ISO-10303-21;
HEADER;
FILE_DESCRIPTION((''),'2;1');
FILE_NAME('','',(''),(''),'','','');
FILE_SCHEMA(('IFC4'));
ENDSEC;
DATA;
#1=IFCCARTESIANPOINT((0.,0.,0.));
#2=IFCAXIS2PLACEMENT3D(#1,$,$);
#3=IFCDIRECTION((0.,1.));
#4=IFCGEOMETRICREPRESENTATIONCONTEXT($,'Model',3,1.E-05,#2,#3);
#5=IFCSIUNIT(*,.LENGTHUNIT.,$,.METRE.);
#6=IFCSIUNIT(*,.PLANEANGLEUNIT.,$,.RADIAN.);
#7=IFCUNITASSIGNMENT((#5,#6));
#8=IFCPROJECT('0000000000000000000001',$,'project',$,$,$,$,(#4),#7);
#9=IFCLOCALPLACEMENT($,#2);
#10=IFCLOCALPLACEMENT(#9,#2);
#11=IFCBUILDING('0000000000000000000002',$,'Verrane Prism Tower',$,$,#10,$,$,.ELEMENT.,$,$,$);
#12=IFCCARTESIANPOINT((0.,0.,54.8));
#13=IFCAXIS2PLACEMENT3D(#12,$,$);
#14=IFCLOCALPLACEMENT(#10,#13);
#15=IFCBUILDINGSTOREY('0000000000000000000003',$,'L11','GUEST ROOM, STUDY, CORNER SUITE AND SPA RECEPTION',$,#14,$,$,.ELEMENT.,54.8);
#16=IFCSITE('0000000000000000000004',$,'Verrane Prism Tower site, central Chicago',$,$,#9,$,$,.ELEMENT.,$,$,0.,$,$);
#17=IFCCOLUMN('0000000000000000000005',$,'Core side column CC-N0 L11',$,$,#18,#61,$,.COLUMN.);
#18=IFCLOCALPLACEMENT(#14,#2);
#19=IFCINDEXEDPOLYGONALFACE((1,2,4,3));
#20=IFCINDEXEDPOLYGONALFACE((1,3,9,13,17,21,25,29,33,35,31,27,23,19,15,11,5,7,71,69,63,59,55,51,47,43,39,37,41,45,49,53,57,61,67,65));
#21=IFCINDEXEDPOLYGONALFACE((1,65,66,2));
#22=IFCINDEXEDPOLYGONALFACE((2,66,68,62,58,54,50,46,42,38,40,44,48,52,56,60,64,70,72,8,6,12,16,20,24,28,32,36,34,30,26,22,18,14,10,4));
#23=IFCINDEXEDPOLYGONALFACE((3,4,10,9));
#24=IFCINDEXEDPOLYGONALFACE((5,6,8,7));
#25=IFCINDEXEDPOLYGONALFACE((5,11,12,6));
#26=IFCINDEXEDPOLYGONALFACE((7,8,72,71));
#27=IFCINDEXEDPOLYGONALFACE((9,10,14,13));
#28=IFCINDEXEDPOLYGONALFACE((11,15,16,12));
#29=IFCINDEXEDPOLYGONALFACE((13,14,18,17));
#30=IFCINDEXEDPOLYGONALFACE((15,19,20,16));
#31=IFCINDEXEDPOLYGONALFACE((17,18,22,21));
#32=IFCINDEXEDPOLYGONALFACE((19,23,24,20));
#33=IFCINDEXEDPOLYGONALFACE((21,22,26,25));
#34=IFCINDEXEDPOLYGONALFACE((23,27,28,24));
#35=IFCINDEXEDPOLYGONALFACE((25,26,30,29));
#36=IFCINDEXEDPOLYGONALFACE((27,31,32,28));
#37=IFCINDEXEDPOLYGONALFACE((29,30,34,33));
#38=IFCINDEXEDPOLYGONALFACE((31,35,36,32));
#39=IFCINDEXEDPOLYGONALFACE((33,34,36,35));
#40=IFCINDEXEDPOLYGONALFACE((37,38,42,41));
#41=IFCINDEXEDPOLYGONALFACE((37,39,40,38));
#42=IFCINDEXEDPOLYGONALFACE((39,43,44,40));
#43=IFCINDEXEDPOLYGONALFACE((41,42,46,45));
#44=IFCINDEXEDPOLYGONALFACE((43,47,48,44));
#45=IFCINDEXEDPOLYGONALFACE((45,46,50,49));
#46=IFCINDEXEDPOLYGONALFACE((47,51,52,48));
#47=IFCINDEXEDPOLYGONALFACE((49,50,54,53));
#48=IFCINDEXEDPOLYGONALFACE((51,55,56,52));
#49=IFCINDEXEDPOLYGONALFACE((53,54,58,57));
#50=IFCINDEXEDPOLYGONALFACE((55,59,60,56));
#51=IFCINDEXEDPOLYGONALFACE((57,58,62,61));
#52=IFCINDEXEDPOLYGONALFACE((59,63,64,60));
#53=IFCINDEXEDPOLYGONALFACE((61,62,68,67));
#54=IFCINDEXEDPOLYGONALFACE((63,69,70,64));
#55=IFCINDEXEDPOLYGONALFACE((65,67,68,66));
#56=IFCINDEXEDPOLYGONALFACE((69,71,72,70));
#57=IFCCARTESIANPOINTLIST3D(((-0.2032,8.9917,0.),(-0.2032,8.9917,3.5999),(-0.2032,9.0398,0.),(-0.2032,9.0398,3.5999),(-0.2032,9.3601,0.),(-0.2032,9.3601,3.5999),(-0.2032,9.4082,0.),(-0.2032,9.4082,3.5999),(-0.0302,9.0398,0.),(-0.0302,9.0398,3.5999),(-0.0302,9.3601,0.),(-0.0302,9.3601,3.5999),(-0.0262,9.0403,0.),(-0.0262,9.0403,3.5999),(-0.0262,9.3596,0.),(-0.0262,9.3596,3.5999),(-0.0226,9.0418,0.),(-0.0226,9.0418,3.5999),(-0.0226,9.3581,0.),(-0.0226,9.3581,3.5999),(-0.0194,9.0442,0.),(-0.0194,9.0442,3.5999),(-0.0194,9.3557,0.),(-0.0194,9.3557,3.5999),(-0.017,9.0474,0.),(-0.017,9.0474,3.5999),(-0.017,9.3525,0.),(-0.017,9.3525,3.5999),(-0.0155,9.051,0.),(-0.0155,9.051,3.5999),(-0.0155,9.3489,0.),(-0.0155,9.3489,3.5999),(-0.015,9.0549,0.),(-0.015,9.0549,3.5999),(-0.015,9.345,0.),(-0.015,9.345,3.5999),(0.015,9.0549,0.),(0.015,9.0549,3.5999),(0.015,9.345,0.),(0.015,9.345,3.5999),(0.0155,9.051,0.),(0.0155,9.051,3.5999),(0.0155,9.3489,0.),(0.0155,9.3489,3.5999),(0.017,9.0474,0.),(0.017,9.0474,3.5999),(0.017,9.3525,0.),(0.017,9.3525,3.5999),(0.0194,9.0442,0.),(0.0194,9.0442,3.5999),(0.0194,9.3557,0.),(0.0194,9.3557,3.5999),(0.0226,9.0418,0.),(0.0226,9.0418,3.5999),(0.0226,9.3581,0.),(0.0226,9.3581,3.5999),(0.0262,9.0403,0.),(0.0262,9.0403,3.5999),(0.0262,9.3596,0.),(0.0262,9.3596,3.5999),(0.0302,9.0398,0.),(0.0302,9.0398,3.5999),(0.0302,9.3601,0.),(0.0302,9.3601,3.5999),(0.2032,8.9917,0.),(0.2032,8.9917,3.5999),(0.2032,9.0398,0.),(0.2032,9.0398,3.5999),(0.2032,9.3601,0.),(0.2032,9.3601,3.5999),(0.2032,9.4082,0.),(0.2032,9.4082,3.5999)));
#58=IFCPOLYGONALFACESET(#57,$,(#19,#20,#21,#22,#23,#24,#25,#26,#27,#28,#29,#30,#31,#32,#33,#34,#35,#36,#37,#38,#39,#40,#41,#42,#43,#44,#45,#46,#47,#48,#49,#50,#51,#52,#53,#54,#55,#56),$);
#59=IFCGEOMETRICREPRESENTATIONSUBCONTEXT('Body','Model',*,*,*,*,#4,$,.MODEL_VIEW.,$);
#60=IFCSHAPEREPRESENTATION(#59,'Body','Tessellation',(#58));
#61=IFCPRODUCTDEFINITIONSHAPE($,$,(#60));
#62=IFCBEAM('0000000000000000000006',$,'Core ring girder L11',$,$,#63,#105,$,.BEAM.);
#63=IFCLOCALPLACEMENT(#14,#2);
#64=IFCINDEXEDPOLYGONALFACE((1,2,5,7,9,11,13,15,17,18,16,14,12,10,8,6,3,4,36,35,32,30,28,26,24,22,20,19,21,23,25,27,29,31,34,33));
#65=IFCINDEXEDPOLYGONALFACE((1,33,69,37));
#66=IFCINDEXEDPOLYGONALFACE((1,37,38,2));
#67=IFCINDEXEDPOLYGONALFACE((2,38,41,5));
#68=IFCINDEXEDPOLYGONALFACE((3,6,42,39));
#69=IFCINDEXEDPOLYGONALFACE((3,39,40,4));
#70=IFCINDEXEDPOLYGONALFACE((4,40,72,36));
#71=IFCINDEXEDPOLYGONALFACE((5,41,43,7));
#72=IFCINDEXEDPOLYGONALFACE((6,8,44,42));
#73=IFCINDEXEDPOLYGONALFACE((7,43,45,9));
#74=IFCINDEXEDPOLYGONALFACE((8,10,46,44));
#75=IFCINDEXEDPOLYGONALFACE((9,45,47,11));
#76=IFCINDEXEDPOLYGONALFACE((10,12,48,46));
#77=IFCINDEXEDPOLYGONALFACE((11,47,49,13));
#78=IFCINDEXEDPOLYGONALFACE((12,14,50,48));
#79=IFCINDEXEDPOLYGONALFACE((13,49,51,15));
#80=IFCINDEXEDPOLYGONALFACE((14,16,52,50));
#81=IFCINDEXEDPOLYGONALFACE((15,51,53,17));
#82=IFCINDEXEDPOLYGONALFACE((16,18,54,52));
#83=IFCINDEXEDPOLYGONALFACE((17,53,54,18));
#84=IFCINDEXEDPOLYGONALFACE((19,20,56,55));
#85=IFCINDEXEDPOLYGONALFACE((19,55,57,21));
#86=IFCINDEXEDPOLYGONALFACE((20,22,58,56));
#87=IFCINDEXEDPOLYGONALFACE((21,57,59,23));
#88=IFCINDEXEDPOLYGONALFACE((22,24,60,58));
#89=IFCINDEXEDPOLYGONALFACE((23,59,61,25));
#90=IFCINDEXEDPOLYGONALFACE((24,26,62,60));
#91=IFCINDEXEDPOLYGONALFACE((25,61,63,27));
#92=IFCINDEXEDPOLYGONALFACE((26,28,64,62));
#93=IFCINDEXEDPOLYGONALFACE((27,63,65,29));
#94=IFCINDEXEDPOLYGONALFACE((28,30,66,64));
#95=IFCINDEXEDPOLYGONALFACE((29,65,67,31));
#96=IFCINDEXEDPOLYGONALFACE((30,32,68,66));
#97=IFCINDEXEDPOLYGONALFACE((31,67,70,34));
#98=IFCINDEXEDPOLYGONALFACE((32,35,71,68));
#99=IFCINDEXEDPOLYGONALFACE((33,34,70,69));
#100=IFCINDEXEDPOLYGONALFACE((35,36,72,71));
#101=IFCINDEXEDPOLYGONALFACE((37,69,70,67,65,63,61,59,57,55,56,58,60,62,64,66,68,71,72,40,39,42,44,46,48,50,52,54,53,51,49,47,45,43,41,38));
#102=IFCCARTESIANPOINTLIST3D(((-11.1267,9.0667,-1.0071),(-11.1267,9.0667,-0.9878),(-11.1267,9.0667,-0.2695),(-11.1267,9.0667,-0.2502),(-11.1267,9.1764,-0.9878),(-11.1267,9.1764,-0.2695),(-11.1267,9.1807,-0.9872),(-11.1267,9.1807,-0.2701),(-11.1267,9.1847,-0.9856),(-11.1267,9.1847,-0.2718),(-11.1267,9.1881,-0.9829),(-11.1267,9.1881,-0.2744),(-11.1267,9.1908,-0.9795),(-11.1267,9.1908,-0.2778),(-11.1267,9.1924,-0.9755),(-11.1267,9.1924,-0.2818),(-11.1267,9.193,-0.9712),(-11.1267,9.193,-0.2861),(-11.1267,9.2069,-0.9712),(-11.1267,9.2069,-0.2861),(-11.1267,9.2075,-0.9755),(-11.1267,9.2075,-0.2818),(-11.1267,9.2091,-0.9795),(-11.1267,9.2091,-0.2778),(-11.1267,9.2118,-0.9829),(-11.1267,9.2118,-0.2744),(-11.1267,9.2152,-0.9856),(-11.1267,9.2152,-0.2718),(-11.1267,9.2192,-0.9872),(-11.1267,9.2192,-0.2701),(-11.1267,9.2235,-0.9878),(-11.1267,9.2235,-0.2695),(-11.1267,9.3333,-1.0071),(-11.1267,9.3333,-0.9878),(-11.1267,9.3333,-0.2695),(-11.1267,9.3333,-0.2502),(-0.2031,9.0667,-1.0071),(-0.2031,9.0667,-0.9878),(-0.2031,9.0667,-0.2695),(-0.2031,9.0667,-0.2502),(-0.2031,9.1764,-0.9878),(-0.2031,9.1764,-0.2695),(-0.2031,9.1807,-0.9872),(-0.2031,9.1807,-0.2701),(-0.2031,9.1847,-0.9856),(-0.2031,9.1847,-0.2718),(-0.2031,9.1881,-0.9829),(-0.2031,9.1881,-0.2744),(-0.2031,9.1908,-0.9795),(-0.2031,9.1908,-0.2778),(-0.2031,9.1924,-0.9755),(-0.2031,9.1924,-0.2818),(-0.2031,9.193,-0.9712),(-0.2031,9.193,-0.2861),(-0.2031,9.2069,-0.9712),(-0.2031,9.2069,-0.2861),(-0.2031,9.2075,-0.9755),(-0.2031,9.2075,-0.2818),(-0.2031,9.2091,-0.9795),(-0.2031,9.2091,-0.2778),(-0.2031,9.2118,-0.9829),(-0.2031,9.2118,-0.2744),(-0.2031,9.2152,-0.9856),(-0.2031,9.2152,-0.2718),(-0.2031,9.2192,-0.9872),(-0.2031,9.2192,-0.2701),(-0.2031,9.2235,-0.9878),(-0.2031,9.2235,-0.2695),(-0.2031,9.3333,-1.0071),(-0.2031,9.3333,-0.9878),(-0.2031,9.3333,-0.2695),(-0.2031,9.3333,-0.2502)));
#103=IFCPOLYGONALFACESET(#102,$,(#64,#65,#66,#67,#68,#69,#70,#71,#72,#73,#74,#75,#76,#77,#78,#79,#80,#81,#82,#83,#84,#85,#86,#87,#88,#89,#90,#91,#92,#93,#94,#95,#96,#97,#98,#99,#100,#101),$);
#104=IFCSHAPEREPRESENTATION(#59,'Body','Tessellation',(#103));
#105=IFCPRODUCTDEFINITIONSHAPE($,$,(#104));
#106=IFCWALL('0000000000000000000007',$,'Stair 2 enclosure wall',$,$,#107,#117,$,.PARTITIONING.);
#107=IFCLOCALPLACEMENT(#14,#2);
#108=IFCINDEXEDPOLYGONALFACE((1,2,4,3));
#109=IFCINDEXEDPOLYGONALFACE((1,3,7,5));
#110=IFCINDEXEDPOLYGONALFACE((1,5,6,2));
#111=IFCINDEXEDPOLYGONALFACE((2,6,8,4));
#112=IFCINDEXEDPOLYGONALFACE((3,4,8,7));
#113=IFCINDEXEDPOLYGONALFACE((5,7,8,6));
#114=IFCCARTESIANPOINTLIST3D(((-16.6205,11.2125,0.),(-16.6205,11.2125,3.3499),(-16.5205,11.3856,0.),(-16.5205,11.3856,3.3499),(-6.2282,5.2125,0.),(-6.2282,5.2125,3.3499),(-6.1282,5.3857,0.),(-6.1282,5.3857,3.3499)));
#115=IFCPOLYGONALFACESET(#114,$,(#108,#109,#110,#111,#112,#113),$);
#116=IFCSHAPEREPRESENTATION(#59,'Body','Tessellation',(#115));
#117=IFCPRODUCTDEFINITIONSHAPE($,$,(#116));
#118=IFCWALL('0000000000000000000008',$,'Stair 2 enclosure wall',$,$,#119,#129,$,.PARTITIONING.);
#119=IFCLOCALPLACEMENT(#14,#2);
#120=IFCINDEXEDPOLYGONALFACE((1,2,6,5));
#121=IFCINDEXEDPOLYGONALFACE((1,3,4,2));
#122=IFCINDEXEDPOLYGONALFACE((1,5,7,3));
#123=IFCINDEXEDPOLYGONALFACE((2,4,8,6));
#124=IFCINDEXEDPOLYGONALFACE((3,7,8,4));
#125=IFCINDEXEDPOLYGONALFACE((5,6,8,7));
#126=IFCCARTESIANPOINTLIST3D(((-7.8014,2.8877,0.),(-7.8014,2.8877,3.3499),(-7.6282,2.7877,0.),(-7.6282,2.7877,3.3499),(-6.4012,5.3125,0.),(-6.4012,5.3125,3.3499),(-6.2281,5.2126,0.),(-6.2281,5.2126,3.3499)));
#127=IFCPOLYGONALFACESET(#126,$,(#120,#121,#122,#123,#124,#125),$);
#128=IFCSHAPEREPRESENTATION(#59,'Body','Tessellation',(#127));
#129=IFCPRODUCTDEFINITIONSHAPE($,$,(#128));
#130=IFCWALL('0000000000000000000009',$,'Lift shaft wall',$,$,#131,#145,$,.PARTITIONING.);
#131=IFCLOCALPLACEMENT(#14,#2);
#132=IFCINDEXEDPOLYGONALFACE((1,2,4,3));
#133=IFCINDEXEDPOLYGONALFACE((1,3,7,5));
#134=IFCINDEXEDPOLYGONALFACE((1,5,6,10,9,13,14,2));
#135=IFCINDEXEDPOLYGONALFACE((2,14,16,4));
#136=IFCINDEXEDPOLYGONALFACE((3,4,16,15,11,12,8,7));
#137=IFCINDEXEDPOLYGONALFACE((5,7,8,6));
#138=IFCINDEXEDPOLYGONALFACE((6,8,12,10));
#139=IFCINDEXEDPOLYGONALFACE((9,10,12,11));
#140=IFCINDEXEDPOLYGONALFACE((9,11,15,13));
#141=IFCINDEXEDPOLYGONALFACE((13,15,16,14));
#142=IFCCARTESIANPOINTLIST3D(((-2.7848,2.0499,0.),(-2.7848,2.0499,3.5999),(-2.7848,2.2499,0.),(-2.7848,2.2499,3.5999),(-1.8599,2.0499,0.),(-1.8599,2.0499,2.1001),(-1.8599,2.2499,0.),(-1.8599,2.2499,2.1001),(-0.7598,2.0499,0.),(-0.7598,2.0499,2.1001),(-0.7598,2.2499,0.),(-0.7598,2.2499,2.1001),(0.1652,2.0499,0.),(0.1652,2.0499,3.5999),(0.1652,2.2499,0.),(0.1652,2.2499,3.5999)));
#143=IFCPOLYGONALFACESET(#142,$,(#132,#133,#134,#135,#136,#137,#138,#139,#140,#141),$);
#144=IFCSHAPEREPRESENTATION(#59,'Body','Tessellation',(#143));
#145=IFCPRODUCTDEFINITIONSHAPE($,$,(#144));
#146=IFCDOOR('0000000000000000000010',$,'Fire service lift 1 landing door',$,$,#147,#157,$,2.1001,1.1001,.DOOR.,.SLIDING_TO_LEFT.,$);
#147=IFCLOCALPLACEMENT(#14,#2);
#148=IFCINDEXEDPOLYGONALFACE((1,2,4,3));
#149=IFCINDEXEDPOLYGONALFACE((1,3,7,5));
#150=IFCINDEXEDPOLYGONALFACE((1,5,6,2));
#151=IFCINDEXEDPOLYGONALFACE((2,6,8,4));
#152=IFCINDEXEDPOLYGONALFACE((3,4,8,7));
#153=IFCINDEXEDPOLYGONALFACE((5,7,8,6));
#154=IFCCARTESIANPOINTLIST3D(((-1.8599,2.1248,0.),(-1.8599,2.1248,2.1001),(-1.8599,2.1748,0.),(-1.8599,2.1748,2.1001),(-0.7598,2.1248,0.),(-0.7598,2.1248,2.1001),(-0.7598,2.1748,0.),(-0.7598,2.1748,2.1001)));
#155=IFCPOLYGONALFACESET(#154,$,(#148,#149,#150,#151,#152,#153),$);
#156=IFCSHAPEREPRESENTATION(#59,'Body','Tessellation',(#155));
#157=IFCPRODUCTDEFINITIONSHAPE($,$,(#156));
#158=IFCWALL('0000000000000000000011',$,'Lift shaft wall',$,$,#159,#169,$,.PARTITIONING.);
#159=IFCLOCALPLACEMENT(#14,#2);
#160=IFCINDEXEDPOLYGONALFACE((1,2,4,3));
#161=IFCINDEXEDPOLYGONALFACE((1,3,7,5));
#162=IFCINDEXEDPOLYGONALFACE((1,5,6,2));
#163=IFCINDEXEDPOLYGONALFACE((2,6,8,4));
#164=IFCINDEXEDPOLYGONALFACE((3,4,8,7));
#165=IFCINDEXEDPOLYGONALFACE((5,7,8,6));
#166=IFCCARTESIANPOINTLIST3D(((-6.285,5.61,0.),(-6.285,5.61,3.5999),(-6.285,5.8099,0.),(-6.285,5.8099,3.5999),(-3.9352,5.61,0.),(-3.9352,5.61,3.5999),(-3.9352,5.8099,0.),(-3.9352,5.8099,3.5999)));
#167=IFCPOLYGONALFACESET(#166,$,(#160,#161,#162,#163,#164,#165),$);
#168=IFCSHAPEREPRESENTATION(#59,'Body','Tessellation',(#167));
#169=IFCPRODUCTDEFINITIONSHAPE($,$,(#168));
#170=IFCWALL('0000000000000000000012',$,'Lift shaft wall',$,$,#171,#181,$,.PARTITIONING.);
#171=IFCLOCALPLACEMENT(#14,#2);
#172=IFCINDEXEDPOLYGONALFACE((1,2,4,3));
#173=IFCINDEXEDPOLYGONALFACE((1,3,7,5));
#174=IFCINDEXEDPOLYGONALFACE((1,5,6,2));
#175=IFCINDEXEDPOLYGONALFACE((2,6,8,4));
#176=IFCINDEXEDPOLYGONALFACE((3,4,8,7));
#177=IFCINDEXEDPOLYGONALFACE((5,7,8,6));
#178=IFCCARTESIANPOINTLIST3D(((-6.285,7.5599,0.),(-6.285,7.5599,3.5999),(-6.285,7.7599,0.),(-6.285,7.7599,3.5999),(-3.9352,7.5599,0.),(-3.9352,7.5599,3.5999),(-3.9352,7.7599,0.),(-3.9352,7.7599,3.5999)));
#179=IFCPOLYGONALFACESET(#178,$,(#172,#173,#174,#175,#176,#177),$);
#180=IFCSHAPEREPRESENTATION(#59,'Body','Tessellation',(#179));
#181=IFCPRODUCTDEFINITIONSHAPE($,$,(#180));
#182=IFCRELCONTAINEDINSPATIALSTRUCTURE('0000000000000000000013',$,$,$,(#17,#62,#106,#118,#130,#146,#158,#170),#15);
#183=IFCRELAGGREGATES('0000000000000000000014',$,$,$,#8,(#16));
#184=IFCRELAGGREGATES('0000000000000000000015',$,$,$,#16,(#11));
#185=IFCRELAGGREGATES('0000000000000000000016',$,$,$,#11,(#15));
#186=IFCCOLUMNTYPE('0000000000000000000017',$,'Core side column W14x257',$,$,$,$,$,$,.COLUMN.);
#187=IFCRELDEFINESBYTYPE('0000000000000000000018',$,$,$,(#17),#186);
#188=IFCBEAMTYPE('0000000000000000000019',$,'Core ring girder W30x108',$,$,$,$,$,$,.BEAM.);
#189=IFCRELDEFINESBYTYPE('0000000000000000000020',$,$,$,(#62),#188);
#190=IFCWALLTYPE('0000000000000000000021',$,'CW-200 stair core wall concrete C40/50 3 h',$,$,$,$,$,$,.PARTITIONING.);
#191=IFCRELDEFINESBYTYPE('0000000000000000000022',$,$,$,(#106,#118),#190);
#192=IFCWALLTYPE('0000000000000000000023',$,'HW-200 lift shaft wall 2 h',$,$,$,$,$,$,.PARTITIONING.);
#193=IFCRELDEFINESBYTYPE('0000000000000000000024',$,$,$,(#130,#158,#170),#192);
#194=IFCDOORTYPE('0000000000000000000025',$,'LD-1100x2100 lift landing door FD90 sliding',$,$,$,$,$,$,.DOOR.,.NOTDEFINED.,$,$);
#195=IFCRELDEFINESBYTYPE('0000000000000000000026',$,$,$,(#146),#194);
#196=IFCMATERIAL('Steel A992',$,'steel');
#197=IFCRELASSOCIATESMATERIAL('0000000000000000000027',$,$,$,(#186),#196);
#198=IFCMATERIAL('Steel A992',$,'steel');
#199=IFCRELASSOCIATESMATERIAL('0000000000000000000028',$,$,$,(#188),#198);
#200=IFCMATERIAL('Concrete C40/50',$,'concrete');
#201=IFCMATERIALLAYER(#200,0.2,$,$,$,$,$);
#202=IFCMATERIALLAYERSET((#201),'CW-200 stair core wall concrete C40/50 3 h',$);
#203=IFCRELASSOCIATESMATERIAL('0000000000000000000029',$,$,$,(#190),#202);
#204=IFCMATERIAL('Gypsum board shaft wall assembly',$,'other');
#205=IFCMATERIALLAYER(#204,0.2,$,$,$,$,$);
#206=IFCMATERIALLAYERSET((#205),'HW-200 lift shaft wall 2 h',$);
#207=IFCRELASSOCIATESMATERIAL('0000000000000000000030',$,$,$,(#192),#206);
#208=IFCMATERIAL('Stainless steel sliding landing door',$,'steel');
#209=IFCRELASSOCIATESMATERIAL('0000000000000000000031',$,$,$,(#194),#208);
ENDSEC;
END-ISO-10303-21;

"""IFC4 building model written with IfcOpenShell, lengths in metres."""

from ifc_helpers import new_model, si_unit, direction, frame, frame_2d, origin, origin_2d, place, context, subcontext, project, spatial, rectangle, i_section, extrude, material, layer, layer_set, material_profile, profile_set, type_object, element, fill, save


model = new_model("IFC4")

# Units and contexts
model_context = context("Model", 3, precision=1e-05, world=origin(), true_north=direction((0.0, 1.0)))
body_context = subcontext(model_context, "Body", "Model", "MODEL_VIEW")
ifc_project = project(units=[si_unit("LENGTHUNIT", "METRE"), si_unit("PLANEANGLEUNIT", "RADIAN")], contexts=[model_context])

# Site, building, storey
site_placement = place(None, origin())
site = spatial("IfcSite", under=ifc_project, at=site_placement, Name="Verrane Prism Tower site, central Chicago", CompositionType="ELEMENT", RefElevation=0.0)
building_placement = place(site_placement, origin())
building = spatial("IfcBuilding", under=site, at=building_placement, Name="Verrane Prism Tower", CompositionType="ELEMENT")
storey_placement = place(building_placement, frame((0.0, 0.0, 54.8)))
storey = spatial("IfcBuildingStorey", under=building, at=storey_placement, Name="L11", Description="GUEST ROOM, STUDY, CORNER SUITE AND SPA RECEPTION", CompositionType="ELEMENT", Elevation=54.8)

# Column
ifc_material_1 = material(Name="Steel A992", Category="steel")
ifc_material_profile_1 = material_profile(ifc_material_1, i_section(OverallWidth=0.4065, OverallDepth=0.4165, WebThickness=0.03, FlangeThickness=0.0481, FilletRadius=0.0151, at=origin_2d()), Name="W14x257")
ifc_profile_set_1 = profile_set([ifc_material_profile_1], Name="Steel A992")
column_type = type_object("IfcColumnType", Name="Core side column W14x257", PredefinedType="COLUMN", material=ifc_profile_set_1)
column_placement = place(storey_placement, frame((0.0, 9.2, 0.0), z_axis=(0.0, 0.0, 1.0), x_axis=(1.0, 0.0, 0.0)))
element("IfcColumn", 1, at=column_placement, inside=storey, type_object=column_type, Name="Core side column CC-N0 L11", PredefinedType="COLUMN", context=body_context, shape_type="SweptSolid", body=[
    extrude(i_section(OverallWidth=0.4065, OverallDepth=0.4165, WebThickness=0.03, FlangeThickness=0.0481, FilletRadius=0.0151, at=origin_2d()), origin(), (0.0, 0.0, 1.0), 3.5999),
])

# Beam
ifc_material_2 = material(Name="Steel A992", Category="steel")
ifc_material_profile_2 = material_profile(ifc_material_2, i_section(OverallWidth=0.2666, OverallDepth=0.7568, WebThickness=0.0139, FlangeThickness=0.0193, FilletRadius=0.0166, at=origin_2d()), Name="W30x108")
ifc_profile_set_2 = profile_set([ifc_material_profile_2], Name="Steel A992")
beam_type = type_object("IfcBeamType", Name="Core ring girder W30x108", PredefinedType="BEAM", material=ifc_profile_set_2)
beam_placement = place(storey_placement, frame((-0.2031, 9.2, -0.6287), z_axis=(-1.0, 0.0, 0.0), x_axis=(0.0, -1.0, 0.0)))
element("IfcBeam", 2, at=beam_placement, inside=storey, type_object=beam_type, Name="Core ring girder L11", PredefinedType="BEAM", context=body_context, shape_type="SweptSolid", body=[
    extrude(i_section(OverallWidth=0.2666, OverallDepth=0.7568, WebThickness=0.0139, FlangeThickness=0.0193, FilletRadius=0.0166, at=origin_2d()), origin(), (0.0, 0.0, 1.0), 10.9236),
])

# Walls
ifc_material_3 = material(Name="Concrete C40/50", Category="concrete")
ifc_layer_1 = layer(ifc_material_3, 0.2)
ifc_layer_set_1 = layer_set([ifc_layer_1], Name="CW-200 stair core wall concrete C40/50 3 h")
wall_type_1 = type_object("IfcWallType", Name="CW-200 stair core wall concrete C40/50 3 h", PredefinedType="PARTITIONING", material=ifc_layer_set_1)
wall_1_placement = place(storey_placement, frame((-6.1782, 5.2991, 0.0), z_axis=(0.0, 0.0, 1.0), x_axis=(-0.866026, 0.499999, 0.0)))
element("IfcWall", 3, at=wall_1_placement, inside=storey, type_object=wall_type_1, Name="Stair 2 enclosure wall", PredefinedType="PARTITIONING", context=body_context, shape_type="SweptSolid", body=[
    extrude(rectangle(XDim=12.0, YDim=0.2, at=frame_2d((6.0, 0.0))), origin(), (0.0, 0.0, 1.0), 3.3499),
])
wall_2_placement = place(storey_placement, frame((-6.3147, 5.2625, 0.0), z_axis=(0.0, 0.0, 1.0), x_axis=(-0.50005, -0.865997, 0.0)))
element("IfcWall", 4, at=wall_2_placement, inside=storey, type_object=wall_type_1, Name="Stair 2 enclosure wall", PredefinedType="PARTITIONING", context=body_context, shape_type="SweptSolid", body=[
    extrude(rectangle(XDim=2.8, YDim=0.2, at=frame_2d((1.3999, 0.0))), origin(), (0.0, 0.0, 1.0), 3.3499),
])

# Wall, opening, door
ifc_material_4 = material(Name="Gypsum board shaft wall assembly", Category="other")
ifc_layer_2 = layer(ifc_material_4, 0.2)
ifc_layer_set_2 = layer_set([ifc_layer_2], Name="HW-200 lift shaft wall 2 h")
wall_type_2 = type_object("IfcWallType", Name="HW-200 lift shaft wall 2 h", PredefinedType="PARTITIONING", material=ifc_layer_set_2)
wall_3_placement = place(storey_placement, frame((-2.7849, 2.1499, 0.0), z_axis=(0.0, 0.0, 1.0), x_axis=(1.0, 0.0, 0.0)))
wall_3 = element("IfcWall", 5, at=wall_3_placement, inside=storey, type_object=wall_type_2, Name="Lift shaft wall", PredefinedType="PARTITIONING", context=body_context, shape_type="SweptSolid", body=[
    extrude(rectangle(XDim=2.95, YDim=0.2, at=frame_2d((1.4751, 0.0))), origin(), (0.0, 0.0, 1.0), 3.5999),
])
opening_1_placement = place(wall_3_placement, frame((0.925, 0.0, 0.0)))
opening_1 = element("IfcOpeningElement", 6, at=opening_1_placement, cuts=wall_3, PredefinedType="OPENING", context=body_context, shape_type="SweptSolid", body=[
    extrude(rectangle(XDim=1.1001, YDim=2.1001, at=frame_2d((0.55, 1.05))), frame((0.0, 0.1099, 0.0), z_axis=(0.0, -1.0, 0.0), x_axis=(1.0, 0.0, 0.0)), (0.0, 0.0, 1.0), 0.22),
])
ifc_material_5 = material(Name="Stainless steel sliding landing door", Category="steel")
door_type_1 = type_object("IfcDoorType", Name="LD-1100x2100 lift landing door FD90 sliding", OperationType="NOTDEFINED", PredefinedType="DOOR", material=ifc_material_5)
door_1_placement = place(opening_1_placement, origin())
door_1 = element("IfcDoor", 7, at=door_1_placement, inside=storey, type_object=door_type_1, Name="Fire service lift 1 landing door", OperationType="SLIDING_TO_LEFT", OverallHeight=2.1001, OverallWidth=1.1001, PredefinedType="DOOR", context=body_context, shape_type="SweptSolid", body=[
    extrude(rectangle(XDim=1.1001, YDim=2.1001, at=frame_2d((0.55, 1.05))), frame((0.0, 0.0249, 0.0), z_axis=(0.0, -1.0, 0.0), x_axis=(1.0, 0.0, 0.0)), (0.0, 0.0, 1.0), 0.05),
])
fill(opening_1, door_1)

# Walls
for number, where, z_axis, x_axis, name in (
    (8, (-6.2849, 5.71, 0.0), (0.0, 0.0, 1.0), (1.0, 0.0, 0.0), "Lift shaft wall"),
    (9, (-6.2849, 7.6599, 0.0), (0.0, 0.0, 1.0), (1.0, 0.0, 0.0), "Lift shaft wall"),
):
    element("IfcWall", number, at=place(storey_placement, frame(where, z_axis=z_axis, x_axis=x_axis)), inside=storey, type_object=wall_type_2, Name=name, PredefinedType="PARTITIONING", context=body_context, shape_type="SweptSolid", body=[
        extrude(rectangle(XDim=2.3499, YDim=0.2, at=frame_2d((1.1748, 0.0))), origin(), (0.0, 0.0, 1.0), 3.5999),
    ])

save(model, "model.ifc")
